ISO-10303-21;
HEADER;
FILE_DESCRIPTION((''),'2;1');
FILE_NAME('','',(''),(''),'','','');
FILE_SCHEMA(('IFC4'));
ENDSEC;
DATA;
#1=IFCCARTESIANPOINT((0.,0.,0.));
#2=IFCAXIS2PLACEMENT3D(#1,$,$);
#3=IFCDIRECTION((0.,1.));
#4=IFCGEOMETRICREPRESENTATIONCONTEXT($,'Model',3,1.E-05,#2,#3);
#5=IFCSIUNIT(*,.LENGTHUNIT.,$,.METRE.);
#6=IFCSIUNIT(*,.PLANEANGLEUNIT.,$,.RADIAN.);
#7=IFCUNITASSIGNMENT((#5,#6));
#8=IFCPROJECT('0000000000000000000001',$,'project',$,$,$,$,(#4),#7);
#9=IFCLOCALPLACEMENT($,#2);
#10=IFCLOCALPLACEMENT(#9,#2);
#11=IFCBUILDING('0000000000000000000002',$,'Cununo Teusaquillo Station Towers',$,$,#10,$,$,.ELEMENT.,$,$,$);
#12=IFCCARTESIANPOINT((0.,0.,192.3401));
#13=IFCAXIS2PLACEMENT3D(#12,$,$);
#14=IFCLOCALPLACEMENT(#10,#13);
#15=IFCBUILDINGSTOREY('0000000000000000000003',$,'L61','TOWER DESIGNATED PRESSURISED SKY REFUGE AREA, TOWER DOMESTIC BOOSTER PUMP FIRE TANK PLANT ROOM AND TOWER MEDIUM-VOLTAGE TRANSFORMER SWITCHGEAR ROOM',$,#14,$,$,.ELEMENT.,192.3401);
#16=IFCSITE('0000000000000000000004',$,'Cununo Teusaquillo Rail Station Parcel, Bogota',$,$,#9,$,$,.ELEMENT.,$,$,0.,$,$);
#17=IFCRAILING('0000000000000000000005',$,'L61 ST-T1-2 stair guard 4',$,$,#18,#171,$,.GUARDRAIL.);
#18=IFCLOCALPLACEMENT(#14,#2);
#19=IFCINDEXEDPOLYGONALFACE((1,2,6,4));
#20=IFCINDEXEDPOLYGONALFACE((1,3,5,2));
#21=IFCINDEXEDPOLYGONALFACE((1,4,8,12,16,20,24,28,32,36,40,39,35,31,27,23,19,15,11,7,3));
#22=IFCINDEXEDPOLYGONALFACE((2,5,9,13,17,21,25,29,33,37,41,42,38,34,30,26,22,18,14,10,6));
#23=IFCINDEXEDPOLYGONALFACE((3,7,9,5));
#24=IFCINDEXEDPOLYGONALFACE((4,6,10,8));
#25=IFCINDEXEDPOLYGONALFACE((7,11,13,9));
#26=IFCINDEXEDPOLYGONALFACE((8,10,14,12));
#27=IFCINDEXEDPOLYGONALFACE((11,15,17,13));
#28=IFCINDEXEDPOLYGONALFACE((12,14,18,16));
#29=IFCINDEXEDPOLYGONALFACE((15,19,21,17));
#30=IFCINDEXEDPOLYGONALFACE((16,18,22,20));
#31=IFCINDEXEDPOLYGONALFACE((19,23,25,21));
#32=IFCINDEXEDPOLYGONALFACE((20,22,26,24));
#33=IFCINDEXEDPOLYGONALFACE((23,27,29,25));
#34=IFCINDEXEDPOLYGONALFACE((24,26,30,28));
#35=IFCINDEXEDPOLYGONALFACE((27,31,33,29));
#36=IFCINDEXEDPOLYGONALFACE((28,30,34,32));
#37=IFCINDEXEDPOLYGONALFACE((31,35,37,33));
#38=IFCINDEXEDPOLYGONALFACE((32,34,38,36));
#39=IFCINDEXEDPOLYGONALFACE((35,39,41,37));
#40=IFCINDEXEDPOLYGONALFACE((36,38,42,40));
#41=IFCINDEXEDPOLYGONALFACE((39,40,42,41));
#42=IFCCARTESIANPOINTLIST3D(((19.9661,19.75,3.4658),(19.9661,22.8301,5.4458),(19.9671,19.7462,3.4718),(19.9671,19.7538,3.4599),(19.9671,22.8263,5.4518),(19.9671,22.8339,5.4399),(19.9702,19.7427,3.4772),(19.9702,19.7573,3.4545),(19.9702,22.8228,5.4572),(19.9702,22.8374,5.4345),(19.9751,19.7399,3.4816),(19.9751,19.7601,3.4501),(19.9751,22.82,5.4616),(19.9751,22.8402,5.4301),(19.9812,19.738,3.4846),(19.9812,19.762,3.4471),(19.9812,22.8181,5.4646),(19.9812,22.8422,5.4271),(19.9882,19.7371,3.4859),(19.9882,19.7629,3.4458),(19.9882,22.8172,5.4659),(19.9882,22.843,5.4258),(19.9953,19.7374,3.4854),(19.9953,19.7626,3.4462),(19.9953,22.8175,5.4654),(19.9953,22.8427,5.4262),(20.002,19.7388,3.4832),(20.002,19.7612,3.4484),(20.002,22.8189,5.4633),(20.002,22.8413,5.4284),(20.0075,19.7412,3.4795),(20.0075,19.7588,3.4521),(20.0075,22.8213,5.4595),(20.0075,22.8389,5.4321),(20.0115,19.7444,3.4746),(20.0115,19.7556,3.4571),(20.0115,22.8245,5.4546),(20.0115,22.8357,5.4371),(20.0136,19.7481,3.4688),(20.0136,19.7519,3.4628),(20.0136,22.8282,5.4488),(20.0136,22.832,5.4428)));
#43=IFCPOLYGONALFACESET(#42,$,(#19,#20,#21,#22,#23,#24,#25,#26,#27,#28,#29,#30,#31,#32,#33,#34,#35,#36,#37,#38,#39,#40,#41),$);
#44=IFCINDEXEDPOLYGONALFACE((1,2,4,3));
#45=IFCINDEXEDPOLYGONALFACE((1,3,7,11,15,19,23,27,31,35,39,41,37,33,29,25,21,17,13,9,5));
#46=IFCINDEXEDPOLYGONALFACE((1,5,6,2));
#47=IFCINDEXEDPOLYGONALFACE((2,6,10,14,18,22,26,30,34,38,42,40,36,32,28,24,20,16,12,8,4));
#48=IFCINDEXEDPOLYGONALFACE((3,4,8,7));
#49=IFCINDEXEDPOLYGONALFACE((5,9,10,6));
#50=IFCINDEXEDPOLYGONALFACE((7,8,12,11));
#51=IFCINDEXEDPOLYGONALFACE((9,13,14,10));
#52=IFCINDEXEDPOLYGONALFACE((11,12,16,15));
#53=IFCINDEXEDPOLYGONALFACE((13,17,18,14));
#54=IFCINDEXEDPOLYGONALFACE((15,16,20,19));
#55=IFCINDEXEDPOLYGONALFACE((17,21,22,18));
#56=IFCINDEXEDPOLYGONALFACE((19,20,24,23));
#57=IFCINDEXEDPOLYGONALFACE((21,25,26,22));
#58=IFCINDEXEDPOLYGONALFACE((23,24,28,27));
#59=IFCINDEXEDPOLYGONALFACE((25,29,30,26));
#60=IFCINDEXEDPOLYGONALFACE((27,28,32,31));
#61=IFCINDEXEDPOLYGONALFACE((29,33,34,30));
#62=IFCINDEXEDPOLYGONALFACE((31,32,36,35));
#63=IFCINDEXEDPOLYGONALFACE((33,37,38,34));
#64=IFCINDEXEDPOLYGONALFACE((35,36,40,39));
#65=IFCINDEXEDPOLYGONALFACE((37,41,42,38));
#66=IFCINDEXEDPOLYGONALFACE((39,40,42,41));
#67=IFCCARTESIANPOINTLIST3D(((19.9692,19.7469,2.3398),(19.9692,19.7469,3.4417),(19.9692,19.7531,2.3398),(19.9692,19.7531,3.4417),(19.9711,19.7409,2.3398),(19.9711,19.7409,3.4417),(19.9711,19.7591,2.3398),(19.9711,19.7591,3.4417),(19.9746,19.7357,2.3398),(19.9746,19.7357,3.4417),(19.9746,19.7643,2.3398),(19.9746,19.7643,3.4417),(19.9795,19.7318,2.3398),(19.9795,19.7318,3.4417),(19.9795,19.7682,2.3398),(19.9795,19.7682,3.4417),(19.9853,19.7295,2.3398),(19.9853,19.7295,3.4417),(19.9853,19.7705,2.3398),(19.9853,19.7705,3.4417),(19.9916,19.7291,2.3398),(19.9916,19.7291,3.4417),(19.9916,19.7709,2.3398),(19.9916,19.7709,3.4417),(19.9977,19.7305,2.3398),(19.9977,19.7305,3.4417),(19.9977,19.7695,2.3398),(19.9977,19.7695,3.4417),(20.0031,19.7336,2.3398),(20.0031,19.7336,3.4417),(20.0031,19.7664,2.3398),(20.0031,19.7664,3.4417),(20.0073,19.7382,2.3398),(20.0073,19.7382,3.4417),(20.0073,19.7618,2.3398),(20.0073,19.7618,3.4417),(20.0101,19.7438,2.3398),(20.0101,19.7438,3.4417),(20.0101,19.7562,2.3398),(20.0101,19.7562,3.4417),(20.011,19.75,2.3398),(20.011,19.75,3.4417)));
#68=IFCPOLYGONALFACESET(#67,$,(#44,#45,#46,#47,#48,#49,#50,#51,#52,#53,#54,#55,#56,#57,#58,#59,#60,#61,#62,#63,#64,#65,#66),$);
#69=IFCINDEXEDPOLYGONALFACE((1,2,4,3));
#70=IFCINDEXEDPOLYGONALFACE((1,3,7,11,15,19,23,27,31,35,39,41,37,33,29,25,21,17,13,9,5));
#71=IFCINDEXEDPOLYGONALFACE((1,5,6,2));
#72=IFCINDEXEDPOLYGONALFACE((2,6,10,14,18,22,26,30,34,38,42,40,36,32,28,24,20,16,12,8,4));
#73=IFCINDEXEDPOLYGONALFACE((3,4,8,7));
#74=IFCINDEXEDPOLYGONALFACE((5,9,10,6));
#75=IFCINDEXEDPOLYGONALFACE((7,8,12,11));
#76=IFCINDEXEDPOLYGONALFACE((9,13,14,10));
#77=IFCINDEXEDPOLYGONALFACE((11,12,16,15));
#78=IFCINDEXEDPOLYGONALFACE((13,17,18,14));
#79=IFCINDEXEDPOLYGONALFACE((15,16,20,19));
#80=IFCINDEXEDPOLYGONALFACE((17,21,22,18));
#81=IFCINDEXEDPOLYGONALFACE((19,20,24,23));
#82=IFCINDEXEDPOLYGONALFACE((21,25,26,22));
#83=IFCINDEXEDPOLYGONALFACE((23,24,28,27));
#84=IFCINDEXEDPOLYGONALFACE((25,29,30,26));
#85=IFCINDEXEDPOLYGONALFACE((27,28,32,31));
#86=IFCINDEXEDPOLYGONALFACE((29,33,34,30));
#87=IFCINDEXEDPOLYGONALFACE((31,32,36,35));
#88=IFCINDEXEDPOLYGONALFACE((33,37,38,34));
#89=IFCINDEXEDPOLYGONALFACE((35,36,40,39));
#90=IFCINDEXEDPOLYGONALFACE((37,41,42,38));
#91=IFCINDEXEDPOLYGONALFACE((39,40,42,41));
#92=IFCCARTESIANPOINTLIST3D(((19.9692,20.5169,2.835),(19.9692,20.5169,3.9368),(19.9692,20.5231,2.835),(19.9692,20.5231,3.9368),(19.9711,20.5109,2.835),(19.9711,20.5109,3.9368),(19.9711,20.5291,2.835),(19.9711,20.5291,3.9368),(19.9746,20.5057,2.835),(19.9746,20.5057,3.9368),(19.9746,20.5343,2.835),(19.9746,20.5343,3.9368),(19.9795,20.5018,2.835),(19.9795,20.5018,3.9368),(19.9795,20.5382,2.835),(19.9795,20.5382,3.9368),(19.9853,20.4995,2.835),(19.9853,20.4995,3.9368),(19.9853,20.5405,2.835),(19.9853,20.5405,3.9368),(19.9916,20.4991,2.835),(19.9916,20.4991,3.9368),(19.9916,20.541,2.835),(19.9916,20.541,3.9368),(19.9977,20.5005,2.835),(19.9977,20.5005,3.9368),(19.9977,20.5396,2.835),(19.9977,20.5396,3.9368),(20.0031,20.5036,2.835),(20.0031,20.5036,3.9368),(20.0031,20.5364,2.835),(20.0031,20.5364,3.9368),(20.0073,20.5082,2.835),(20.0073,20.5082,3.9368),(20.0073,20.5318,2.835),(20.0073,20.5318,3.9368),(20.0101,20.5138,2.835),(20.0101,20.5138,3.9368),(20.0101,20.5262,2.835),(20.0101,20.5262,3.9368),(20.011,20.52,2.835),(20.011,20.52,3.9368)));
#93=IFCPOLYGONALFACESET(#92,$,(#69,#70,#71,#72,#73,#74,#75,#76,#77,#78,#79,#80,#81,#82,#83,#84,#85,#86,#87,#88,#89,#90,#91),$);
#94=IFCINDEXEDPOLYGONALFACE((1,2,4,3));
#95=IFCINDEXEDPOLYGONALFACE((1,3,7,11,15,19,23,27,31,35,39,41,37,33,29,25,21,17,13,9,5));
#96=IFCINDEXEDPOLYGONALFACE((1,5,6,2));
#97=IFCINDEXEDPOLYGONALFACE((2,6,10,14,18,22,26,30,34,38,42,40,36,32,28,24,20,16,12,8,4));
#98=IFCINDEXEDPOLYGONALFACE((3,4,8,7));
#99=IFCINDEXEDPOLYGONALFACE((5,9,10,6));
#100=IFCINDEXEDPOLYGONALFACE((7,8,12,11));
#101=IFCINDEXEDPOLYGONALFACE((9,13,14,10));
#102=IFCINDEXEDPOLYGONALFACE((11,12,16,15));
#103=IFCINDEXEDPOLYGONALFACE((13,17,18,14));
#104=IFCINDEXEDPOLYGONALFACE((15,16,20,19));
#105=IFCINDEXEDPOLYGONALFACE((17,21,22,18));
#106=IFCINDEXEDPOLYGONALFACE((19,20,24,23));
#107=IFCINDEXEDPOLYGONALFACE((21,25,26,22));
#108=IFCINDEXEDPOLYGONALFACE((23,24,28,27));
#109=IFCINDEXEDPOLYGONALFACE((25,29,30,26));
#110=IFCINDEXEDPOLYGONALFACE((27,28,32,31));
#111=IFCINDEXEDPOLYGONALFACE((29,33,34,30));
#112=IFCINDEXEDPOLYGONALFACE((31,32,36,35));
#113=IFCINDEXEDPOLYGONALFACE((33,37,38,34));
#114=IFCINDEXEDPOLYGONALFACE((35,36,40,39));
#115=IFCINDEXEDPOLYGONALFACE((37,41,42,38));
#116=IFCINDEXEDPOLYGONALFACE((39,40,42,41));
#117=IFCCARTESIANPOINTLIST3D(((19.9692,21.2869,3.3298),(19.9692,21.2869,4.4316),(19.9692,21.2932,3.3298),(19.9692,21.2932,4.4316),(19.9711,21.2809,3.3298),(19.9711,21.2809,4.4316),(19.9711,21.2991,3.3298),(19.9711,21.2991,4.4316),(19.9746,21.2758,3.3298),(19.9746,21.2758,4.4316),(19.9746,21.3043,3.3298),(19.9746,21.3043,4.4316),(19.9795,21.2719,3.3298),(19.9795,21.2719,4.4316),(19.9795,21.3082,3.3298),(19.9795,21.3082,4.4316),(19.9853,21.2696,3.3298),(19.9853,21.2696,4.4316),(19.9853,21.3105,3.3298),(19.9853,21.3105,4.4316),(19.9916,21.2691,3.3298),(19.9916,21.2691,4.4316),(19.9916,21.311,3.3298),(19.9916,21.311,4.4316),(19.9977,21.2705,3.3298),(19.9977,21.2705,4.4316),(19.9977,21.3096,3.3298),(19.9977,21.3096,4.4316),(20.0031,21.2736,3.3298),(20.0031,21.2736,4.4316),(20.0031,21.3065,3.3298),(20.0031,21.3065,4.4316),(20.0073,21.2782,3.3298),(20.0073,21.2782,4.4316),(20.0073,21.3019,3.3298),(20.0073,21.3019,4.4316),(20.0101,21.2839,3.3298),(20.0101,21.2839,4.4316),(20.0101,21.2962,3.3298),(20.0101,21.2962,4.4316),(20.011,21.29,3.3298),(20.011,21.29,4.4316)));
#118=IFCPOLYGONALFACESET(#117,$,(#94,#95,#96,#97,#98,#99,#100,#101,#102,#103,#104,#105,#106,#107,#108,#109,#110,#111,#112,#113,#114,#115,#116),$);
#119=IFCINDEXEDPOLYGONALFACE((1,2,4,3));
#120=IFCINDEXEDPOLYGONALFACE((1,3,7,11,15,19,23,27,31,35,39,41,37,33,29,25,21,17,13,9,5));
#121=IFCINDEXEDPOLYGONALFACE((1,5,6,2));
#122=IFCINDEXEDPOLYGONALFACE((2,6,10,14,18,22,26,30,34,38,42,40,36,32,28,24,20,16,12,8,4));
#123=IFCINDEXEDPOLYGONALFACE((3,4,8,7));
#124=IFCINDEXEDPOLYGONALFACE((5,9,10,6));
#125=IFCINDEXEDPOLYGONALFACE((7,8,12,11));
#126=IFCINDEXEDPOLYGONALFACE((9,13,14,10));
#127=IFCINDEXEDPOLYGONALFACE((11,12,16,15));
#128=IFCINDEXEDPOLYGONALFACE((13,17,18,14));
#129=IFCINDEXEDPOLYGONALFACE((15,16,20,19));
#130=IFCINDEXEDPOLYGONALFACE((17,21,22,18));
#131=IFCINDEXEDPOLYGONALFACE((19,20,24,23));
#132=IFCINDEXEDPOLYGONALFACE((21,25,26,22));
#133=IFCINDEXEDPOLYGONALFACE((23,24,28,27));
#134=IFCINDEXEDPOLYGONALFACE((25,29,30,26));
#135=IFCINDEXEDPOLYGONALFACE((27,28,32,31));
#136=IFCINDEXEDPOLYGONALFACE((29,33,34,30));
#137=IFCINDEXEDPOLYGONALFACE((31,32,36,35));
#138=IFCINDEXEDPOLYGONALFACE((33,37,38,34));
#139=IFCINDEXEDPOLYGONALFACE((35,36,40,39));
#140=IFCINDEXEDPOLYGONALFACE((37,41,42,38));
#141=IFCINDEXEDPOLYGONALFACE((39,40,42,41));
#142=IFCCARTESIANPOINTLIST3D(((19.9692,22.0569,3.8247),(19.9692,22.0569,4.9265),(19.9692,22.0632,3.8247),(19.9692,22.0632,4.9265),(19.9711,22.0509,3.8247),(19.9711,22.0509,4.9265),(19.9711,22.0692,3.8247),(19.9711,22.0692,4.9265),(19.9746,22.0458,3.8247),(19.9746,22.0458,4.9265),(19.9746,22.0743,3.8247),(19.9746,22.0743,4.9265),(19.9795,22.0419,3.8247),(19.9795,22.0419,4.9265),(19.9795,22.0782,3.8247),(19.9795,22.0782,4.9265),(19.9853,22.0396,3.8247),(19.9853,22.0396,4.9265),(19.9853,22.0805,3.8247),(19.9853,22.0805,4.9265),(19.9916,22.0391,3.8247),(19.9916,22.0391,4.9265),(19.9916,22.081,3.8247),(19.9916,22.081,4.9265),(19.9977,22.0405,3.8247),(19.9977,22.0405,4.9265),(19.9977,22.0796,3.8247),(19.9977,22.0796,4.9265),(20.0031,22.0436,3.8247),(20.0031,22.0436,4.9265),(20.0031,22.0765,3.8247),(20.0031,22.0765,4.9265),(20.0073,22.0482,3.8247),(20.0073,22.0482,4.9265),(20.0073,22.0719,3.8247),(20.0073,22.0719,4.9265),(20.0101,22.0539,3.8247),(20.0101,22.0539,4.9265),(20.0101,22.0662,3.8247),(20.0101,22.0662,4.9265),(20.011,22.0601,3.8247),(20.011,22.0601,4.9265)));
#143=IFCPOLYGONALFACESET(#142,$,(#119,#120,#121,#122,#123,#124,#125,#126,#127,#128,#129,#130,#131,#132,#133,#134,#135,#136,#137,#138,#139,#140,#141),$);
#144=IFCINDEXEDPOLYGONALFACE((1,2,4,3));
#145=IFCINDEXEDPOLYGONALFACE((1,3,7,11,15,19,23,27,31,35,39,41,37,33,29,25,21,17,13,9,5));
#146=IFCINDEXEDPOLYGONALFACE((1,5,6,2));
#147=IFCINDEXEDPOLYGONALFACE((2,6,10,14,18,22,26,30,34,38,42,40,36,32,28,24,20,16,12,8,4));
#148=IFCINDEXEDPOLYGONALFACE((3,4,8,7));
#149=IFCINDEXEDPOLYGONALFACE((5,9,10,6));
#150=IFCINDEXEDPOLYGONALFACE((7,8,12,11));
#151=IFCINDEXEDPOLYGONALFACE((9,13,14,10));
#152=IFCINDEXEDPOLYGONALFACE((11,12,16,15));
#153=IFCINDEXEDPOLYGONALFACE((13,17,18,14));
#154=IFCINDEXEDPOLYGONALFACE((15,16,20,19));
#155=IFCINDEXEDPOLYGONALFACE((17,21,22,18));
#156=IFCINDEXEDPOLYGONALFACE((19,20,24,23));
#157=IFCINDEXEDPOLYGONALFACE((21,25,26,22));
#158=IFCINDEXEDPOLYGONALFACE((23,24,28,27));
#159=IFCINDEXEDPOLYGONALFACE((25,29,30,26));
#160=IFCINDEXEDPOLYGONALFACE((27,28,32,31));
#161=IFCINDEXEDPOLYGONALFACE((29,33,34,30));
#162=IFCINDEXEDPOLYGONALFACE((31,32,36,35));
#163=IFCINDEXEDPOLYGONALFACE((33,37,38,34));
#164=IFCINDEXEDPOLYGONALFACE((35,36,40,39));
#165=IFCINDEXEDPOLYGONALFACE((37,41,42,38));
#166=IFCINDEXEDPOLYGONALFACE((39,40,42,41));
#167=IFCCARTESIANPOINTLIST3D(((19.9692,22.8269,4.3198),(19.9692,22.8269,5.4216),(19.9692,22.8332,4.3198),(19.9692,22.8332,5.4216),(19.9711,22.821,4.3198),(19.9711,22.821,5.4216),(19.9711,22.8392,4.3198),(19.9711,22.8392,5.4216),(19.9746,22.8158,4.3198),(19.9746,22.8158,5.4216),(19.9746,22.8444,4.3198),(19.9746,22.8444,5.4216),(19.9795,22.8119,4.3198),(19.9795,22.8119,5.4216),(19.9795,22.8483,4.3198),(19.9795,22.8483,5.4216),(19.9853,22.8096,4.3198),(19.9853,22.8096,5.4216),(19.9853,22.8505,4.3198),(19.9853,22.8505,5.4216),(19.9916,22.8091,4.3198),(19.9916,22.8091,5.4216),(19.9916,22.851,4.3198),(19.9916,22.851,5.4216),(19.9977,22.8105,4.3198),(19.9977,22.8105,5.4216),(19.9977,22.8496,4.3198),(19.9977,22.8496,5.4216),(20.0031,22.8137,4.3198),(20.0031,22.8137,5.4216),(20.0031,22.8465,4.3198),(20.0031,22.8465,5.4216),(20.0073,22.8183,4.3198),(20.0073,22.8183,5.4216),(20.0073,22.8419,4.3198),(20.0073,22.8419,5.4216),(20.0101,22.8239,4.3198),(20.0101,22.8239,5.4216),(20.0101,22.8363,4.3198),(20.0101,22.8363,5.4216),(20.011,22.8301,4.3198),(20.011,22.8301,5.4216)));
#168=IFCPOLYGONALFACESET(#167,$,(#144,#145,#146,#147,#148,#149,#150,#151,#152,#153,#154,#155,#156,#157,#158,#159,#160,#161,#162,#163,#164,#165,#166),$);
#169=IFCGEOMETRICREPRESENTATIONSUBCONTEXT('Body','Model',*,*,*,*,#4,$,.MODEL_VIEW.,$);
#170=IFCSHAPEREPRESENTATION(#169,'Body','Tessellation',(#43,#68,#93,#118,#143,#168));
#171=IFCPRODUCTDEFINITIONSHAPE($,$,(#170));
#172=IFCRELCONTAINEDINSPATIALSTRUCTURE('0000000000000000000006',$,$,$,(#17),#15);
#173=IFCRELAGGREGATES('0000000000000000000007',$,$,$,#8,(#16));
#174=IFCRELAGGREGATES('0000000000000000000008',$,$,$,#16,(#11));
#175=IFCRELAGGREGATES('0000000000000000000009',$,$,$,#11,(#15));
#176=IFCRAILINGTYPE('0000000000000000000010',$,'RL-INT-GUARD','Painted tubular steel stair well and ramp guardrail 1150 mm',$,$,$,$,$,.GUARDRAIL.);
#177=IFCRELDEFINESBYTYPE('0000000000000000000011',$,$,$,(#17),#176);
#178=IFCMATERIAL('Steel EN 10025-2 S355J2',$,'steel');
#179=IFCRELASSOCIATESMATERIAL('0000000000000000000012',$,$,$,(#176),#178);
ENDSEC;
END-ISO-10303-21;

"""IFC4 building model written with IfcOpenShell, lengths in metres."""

from ifc_helpers import new_model, si_unit, direction, frame, origin, origin_2d, place, context, subcontext, project, spatial, circle, extrude, material, type_object, element, save


model = new_model("IFC4")

# Units and contexts
model_context = context("Model", 3, precision=1e-05, world=origin(), true_north=direction((0.0, 1.0)))
body_context = subcontext(model_context, "Body", "Model", "MODEL_VIEW")
ifc_project = project(units=[si_unit("LENGTHUNIT", "METRE"), si_unit("PLANEANGLEUNIT", "RADIAN")], contexts=[model_context])

# Site, building, storey
site_placement = place(None, origin())
site = spatial("IfcSite", under=ifc_project, at=site_placement, Name="Cununo Teusaquillo Rail Station Parcel, Bogota", CompositionType="ELEMENT", RefElevation=0.0)
building_placement = place(site_placement, origin())
building = spatial("IfcBuilding", under=site, at=building_placement, Name="Cununo Teusaquillo Station Towers", CompositionType="ELEMENT")
storey_placement = place(building_placement, frame((0.0, 0.0, 192.3401)))
storey = spatial("IfcBuildingStorey", under=building, at=storey_placement, Name="L61", Description="TOWER DESIGNATED PRESSURISED SKY REFUGE AREA, TOWER DOMESTIC BOOSTER PUMP FIRE TANK PLANT ROOM AND TOWER MEDIUM-VOLTAGE TRANSFORMER SWITCHGEAR ROOM", CompositionType="ELEMENT", Elevation=192.3401)

# Railing
ifc_material_1 = material(Name="Steel EN 10025-2 S355J2", Category="steel")
railing_type_1 = type_object("IfcRailingType", Name="RL-INT-GUARD", Description="Painted tubular steel stair well and ramp guardrail 1150 mm", PredefinedType="GUARDRAIL", material=ifc_material_1)
railing_1_placement = place(storey_placement, frame((19.99, 19.75, 2.3398)))
element("IfcRailing", 1, at=railing_1_placement, inside=storey, type_object=railing_type_1, Name="L61 ST-T1-2 stair guard 4", PredefinedType="GUARDRAIL", context=body_context, shape_type="SweptSolid", body=[
    extrude(circle(Radius=0.0239, at=origin_2d()), frame((0.0, 0.0, 1.126), z_axis=(0.0, 0.841187, 0.540744), x_axis=(-1.0, 0.0, 0.0)), (0.0, 0.0, 1.0), 3.6616),
    extrude(circle(Radius=0.021, at=origin_2d()), origin(), (0.0, 0.0, 1.0), 1.1018),
    extrude(circle(Radius=0.021, at=origin_2d()), frame((0.0, 0.77, 0.4951)), (0.0, 0.0, 1.0), 1.1018),
    extrude(circle(Radius=0.021, at=origin_2d()), frame((0.0, 1.54, 0.99)), (0.0, 0.0, 1.0), 1.1018),
    extrude(circle(Radius=0.021, at=origin_2d()), frame((0.0, 2.3101, 1.4849)), (0.0, 0.0, 1.0), 1.1018),
    extrude(circle(Radius=0.021, at=origin_2d()), frame((0.0, 3.0801, 1.98)), (0.0, 0.0, 1.0), 1.1018),
])

save(model, "model.ifc")
